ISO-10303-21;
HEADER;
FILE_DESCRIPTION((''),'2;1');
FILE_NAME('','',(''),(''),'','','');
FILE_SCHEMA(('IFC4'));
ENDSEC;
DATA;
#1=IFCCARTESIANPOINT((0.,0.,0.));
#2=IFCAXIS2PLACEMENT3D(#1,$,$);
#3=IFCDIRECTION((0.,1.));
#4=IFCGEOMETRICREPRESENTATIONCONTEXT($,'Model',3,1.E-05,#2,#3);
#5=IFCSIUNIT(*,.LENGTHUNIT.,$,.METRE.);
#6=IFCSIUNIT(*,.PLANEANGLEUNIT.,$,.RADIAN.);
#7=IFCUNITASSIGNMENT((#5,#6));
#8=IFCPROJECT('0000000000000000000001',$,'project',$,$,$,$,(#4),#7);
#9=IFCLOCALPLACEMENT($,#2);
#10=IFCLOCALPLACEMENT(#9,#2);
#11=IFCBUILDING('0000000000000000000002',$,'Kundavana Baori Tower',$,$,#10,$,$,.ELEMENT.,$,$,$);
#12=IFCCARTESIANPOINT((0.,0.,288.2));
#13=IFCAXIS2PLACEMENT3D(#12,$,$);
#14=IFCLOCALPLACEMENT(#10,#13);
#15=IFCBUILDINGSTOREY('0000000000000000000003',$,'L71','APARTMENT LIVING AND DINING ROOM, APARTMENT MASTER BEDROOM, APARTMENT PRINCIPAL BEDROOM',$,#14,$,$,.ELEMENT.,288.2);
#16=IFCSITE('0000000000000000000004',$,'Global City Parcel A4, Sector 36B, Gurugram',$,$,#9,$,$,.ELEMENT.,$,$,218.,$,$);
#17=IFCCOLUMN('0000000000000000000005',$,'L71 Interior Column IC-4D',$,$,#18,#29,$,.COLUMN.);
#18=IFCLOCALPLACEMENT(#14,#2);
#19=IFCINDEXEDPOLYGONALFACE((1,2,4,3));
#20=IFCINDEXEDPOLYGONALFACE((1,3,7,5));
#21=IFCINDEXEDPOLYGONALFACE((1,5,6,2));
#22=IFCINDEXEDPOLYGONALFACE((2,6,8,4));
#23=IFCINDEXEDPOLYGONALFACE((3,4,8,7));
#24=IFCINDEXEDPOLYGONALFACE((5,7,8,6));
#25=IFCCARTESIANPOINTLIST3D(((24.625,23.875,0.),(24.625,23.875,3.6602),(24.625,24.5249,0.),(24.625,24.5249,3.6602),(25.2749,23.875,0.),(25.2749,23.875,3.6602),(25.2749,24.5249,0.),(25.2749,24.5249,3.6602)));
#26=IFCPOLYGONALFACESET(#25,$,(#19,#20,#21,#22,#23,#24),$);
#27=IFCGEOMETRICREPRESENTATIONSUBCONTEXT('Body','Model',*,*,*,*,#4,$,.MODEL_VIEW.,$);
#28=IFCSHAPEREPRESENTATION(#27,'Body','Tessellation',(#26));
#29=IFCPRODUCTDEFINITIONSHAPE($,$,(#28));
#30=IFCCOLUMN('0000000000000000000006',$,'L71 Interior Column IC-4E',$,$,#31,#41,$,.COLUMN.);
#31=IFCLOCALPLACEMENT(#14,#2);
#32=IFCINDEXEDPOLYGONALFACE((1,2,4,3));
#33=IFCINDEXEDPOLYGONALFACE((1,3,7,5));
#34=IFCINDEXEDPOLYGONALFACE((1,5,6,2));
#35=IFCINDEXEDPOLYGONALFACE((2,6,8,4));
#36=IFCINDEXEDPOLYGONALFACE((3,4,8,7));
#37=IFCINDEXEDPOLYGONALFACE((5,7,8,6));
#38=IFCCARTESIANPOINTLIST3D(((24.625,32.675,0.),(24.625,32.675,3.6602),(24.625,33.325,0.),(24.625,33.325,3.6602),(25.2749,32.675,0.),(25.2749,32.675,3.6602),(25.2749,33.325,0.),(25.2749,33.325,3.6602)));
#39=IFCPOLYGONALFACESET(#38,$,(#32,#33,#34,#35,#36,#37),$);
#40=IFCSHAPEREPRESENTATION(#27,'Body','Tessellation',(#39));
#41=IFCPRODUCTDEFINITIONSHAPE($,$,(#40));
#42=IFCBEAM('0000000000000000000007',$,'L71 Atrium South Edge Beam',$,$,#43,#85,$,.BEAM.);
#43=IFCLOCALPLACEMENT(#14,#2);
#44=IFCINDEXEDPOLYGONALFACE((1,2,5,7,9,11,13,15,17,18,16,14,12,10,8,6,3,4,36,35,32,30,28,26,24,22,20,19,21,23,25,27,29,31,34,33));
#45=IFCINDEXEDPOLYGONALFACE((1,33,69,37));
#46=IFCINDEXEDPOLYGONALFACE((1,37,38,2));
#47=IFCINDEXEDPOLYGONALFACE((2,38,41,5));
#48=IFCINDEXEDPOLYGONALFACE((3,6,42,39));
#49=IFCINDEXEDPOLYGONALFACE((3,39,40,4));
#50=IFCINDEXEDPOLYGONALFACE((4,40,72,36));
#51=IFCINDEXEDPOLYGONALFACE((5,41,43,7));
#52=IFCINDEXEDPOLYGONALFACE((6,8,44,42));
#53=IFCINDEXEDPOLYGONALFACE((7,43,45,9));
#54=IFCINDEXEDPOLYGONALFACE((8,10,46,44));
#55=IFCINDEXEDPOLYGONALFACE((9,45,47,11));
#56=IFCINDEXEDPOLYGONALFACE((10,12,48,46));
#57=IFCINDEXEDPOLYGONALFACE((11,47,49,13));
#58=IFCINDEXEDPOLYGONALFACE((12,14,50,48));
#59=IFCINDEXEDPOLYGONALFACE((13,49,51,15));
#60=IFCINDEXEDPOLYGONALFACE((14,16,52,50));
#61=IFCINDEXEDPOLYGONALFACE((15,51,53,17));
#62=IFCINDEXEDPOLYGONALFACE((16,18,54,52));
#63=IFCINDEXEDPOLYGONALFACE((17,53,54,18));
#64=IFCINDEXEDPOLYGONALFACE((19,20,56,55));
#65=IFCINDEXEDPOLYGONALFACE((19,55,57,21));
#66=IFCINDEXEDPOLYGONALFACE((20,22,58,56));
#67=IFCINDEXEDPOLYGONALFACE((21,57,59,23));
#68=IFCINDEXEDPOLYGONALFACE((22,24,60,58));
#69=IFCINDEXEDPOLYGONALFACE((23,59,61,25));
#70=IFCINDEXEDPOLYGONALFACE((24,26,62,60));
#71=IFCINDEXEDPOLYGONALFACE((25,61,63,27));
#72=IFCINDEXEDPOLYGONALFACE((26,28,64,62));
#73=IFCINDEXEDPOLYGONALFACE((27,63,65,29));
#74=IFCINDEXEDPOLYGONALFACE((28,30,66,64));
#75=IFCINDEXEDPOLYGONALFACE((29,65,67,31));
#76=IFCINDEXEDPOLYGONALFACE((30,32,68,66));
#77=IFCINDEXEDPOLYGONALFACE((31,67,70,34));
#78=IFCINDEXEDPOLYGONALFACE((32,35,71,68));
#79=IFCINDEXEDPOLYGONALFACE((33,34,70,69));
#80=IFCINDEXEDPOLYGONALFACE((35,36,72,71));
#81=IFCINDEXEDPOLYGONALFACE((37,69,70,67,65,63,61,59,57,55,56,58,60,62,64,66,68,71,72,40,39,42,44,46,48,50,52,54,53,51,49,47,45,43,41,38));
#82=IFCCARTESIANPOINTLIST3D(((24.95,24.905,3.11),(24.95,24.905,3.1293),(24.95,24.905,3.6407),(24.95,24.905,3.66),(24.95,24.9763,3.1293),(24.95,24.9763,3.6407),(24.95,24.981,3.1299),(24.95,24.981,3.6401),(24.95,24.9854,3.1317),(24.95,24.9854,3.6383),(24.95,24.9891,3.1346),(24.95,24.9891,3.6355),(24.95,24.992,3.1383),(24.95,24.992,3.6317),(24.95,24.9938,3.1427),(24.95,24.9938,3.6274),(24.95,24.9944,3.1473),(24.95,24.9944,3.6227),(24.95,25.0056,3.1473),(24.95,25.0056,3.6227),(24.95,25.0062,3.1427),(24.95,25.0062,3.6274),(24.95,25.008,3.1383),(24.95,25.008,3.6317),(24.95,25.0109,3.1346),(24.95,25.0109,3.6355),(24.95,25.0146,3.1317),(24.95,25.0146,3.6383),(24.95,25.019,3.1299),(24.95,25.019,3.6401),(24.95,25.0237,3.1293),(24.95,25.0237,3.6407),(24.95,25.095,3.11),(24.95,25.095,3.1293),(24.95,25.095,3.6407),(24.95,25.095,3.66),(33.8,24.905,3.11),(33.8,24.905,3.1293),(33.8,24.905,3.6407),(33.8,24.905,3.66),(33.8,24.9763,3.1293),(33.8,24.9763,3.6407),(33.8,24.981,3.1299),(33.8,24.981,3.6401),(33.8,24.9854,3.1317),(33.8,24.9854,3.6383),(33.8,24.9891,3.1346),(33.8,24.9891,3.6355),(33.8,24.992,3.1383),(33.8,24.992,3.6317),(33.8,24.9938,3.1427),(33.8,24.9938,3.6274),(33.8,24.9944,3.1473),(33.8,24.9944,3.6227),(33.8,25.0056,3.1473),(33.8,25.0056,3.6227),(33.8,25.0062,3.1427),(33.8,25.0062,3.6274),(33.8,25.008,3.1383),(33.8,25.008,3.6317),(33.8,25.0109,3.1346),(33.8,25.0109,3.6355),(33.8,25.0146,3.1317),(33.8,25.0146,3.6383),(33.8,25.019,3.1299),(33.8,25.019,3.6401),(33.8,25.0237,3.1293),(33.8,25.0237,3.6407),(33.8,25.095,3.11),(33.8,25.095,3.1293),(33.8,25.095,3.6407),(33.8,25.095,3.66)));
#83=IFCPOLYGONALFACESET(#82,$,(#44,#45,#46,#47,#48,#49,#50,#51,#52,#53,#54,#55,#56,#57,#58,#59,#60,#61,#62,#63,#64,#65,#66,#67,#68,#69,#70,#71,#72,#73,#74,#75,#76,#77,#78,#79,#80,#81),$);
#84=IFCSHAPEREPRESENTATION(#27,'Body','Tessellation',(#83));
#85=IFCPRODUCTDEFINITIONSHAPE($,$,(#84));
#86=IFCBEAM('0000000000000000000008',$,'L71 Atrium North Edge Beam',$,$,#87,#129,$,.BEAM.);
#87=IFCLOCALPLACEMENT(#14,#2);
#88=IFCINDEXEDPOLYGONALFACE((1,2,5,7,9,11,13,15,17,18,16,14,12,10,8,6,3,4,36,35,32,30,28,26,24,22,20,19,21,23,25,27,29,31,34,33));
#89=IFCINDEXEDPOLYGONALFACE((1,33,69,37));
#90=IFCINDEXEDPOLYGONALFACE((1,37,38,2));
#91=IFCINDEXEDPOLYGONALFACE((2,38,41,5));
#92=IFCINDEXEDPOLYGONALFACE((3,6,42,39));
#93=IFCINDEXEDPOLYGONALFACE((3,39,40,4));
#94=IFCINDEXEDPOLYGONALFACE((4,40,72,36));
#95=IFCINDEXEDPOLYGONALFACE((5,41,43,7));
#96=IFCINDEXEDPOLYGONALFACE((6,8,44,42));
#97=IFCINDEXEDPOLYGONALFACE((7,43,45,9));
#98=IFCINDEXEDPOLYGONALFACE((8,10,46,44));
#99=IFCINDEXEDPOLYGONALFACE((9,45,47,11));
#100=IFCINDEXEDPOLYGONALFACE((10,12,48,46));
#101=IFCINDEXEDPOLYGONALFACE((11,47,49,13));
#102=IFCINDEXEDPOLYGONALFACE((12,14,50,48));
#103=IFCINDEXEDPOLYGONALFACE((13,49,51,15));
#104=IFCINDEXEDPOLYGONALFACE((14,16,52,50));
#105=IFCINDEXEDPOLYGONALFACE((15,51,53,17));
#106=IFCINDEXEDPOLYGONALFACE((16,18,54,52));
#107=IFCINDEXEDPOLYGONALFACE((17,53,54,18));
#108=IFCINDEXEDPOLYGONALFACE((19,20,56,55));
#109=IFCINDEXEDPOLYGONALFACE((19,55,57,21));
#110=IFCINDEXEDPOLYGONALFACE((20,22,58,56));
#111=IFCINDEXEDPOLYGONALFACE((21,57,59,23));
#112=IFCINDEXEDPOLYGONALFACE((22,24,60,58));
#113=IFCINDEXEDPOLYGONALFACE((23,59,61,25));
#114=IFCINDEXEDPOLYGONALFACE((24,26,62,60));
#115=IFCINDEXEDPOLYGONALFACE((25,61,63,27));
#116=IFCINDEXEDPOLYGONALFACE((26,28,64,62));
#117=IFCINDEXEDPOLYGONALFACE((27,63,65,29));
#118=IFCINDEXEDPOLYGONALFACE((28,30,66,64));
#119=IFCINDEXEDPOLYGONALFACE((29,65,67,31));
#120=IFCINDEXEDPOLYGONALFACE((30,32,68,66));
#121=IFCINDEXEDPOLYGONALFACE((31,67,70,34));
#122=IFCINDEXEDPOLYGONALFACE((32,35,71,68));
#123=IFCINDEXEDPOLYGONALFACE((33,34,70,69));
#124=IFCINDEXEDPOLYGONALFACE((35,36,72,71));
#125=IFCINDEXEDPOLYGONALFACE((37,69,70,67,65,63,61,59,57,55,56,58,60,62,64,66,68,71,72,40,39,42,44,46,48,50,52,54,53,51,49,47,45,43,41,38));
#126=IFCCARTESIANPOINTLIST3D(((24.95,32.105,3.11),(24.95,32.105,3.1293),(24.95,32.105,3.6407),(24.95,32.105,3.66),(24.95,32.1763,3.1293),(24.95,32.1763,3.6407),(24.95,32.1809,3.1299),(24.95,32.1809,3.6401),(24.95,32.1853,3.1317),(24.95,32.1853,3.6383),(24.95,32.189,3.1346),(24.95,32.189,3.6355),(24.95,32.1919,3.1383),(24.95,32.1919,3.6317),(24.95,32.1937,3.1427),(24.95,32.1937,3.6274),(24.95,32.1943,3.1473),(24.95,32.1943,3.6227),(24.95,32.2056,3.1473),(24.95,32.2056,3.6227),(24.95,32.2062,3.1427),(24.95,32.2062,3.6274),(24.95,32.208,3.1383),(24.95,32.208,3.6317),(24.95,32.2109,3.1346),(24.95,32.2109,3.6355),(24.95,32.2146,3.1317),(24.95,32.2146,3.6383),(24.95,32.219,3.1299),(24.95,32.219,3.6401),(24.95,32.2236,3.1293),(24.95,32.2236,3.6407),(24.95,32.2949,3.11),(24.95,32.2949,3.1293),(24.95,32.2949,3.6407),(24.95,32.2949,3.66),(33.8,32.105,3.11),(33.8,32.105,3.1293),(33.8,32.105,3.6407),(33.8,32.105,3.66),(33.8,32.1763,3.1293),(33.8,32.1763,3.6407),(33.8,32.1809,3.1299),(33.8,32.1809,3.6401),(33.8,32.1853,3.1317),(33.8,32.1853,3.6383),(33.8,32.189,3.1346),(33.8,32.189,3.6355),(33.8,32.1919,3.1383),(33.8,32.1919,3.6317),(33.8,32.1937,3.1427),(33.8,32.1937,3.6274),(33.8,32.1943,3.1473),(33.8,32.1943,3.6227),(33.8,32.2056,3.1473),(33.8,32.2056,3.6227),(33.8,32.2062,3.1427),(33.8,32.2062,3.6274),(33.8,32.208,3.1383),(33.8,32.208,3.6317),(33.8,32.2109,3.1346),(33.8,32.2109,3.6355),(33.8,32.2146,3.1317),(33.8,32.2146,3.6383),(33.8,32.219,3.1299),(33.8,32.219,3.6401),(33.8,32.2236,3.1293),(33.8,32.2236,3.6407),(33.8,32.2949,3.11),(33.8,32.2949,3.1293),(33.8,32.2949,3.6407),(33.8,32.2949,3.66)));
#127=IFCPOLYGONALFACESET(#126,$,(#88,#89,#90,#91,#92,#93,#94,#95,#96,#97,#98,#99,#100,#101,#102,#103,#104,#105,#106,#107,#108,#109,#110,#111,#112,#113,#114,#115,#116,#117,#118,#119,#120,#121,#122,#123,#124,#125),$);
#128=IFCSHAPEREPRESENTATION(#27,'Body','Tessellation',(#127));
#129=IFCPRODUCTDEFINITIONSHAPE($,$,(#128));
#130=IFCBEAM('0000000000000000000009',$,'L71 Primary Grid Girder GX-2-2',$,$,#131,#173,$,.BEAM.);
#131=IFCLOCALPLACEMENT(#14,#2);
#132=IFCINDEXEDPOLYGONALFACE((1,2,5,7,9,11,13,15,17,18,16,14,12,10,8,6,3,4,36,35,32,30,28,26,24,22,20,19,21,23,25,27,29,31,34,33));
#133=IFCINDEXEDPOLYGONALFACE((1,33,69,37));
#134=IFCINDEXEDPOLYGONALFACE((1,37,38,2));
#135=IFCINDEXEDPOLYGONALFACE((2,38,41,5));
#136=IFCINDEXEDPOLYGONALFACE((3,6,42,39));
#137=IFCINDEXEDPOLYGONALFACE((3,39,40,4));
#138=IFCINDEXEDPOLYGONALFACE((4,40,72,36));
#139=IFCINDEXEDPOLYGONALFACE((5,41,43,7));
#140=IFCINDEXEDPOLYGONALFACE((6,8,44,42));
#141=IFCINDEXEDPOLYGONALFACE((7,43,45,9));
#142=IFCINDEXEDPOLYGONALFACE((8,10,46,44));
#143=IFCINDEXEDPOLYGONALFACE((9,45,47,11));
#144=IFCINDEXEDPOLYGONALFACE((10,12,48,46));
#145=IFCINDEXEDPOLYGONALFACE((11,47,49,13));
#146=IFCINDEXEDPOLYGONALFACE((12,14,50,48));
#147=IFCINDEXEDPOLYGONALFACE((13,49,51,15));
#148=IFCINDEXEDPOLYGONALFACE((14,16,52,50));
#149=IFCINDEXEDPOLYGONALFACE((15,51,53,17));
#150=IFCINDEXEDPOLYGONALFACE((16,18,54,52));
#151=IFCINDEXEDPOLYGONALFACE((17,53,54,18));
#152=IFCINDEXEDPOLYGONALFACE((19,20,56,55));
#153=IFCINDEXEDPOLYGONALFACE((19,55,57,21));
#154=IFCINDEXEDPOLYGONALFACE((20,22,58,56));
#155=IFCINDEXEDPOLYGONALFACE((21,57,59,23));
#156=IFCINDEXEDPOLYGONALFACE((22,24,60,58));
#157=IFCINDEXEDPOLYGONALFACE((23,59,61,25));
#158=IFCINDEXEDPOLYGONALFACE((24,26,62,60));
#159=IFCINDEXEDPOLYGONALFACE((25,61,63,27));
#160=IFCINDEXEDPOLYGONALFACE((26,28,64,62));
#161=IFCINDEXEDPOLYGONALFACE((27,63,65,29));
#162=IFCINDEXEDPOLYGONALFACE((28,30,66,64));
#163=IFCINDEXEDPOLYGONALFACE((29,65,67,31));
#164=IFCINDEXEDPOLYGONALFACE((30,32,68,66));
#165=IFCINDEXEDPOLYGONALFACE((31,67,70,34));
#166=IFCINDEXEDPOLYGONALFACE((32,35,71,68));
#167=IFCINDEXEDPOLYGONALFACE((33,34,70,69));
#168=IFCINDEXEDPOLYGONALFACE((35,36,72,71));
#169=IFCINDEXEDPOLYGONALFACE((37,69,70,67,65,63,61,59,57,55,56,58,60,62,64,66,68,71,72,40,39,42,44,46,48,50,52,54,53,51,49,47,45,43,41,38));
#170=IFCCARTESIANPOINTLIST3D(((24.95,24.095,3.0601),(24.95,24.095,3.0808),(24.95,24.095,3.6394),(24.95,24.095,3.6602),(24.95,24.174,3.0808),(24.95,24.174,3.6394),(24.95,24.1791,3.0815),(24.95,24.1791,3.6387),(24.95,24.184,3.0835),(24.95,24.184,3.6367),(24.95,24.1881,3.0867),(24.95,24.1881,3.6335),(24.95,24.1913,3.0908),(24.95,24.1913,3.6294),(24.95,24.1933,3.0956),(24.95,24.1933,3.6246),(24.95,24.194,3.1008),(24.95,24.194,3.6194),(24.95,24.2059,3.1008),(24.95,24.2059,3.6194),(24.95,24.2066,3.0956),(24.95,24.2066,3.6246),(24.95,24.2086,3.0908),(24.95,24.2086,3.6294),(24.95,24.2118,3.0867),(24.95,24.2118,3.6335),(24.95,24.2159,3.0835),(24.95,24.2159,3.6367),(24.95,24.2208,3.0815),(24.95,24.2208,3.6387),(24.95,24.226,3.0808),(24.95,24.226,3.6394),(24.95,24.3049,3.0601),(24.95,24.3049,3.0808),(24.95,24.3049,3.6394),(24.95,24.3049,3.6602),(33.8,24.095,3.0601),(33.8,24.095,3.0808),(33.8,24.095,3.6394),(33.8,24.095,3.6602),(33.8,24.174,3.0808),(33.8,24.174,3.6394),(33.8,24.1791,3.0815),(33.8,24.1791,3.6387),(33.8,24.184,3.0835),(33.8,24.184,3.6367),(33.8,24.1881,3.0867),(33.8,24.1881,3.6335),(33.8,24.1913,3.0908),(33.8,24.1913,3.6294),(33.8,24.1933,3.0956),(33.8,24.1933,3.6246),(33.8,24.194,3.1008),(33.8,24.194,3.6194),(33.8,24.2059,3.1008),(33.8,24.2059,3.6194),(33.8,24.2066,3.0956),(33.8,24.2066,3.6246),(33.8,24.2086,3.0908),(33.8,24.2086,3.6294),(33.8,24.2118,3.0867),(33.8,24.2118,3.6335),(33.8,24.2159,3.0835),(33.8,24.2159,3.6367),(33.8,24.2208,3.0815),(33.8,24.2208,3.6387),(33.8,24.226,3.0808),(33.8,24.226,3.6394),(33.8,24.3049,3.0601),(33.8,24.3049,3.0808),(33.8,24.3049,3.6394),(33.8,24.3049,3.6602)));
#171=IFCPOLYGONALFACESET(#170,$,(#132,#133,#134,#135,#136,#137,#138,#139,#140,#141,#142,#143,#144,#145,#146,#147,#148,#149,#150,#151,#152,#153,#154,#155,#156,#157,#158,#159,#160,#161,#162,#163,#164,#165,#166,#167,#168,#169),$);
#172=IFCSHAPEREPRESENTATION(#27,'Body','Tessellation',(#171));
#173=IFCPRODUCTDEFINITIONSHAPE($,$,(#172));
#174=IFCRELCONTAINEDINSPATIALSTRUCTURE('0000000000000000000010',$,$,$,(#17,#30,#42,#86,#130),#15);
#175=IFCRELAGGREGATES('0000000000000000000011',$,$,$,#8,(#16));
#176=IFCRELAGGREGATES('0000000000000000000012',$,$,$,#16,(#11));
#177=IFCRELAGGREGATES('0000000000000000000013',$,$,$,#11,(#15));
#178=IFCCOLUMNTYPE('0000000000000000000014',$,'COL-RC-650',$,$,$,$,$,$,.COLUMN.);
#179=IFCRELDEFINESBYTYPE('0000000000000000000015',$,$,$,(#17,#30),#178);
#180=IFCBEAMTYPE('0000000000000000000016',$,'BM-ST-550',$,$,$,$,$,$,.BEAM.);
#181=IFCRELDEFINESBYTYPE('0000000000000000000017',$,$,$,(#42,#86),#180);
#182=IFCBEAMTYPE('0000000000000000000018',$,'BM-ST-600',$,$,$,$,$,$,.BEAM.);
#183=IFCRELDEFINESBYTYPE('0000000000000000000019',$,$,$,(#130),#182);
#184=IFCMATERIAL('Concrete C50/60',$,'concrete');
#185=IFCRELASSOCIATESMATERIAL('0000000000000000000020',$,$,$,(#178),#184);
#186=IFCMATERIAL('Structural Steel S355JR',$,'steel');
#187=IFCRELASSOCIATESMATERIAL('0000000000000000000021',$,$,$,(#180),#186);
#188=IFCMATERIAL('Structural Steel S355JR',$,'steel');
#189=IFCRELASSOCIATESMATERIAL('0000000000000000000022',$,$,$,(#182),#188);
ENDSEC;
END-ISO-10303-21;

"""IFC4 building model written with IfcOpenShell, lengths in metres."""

from ifc_helpers import new_model, si_unit, direction, frame, origin, origin_2d, place, context, subcontext, project, spatial, rectangle, i_section, extrude, material, material_profile, profile_set, type_object, element, save


model = new_model("IFC4")

# Units and contexts
model_context = context("Model", 3, precision=1e-05, world=origin(), true_north=direction((0.0, 1.0)))
body_context = subcontext(model_context, "Body", "Model", "MODEL_VIEW")
ifc_project = project(units=[si_unit("LENGTHUNIT", "METRE"), si_unit("PLANEANGLEUNIT", "RADIAN")], contexts=[model_context])

# Site, building, storey
site_placement = place(None, origin())
site = spatial("IfcSite", under=ifc_project, at=site_placement, Name="Global City Parcel A4, Sector 36B, Gurugram", CompositionType="ELEMENT", RefElevation=218.0)
building_placement = place(site_placement, origin())
building = spatial("IfcBuilding", under=site, at=building_placement, Name="Kundavana Baori Tower", CompositionType="ELEMENT")
storey_placement = place(building_placement, frame((0.0, 0.0, 288.2)))
storey = spatial("IfcBuildingStorey", under=building, at=storey_placement, Name="L71", Description="APARTMENT LIVING AND DINING ROOM, APARTMENT MASTER BEDROOM, APARTMENT PRINCIPAL BEDROOM", CompositionType="ELEMENT", Elevation=288.2)

# Columns
ifc_material_1 = material(Name="Concrete C50/60", Category="concrete")
ifc_material_profile_1 = material_profile(ifc_material_1, rectangle(XDim=0.6499, YDim=0.6499, at=origin_2d()), Name="RC 650x650")
ifc_profile_set_1 = profile_set([ifc_material_profile_1], Name="Concrete C50/60")
column_type = type_object("IfcColumnType", Name="COL-RC-650", PredefinedType="COLUMN", material=ifc_profile_set_1)
for number, where, z_axis, x_axis, name in (
    (1, (24.95, 24.2, 0.0), (0.0, 0.0, 1.0), (1.0, 0.0, 0.0), "L71 Interior Column IC-4D"),
    (2, (24.95, 33.0, 0.0), (0.0, 0.0, 1.0), (1.0, 0.0, 0.0), "L71 Interior Column IC-4E"),
):
    element("IfcColumn", number, at=place(storey_placement, frame(where, z_axis=z_axis, x_axis=x_axis)), inside=storey, type_object=column_type, Name=name, PredefinedType="COLUMN", context=body_context, shape_type="SweptSolid", body=[
        extrude(rectangle(XDim=0.6499, YDim=0.6499, at=origin_2d()), origin(), (0.0, 0.0, 1.0), 3.6602),
    ])

# Beams
ifc_material_2 = material(Name="Structural Steel S355JR", Category="steel")
ifc_material_profile_2 = material_profile(ifc_material_2, i_section(OverallWidth=0.1899, OverallDepth=0.55, WebThickness=0.0112, FlangeThickness=0.0193, FilletRadius=0.0181, at=origin_2d()), Name="ISMB 550")
ifc_profile_set_2 = profile_set([ifc_material_profile_2], Name="Structural Steel S355JR")
beam_type_1 = type_object("IfcBeamType", Name="BM-ST-550", PredefinedType="BEAM", material=ifc_profile_set_2)
for number, where, z_axis, x_axis, name in (
    (3, (24.95, 25.0, 3.385), (1.0, 0.0, 0.0), (0.0, 1.0, 0.0), "L71 Atrium South Edge Beam"),
    (4, (24.95, 32.2, 3.385), (1.0, 0.0, 0.0), (0.0, 1.0, 0.0), "L71 Atrium North Edge Beam"),
):
    element("IfcBeam", number, at=place(storey_placement, frame(where, z_axis=z_axis, x_axis=x_axis)), inside=storey, type_object=beam_type_1, Name=name, PredefinedType="BEAM", context=body_context, shape_type="SweptSolid", body=[
        extrude(i_section(OverallWidth=0.1899, OverallDepth=0.55, WebThickness=0.0112, FlangeThickness=0.0193, FilletRadius=0.0181, at=origin_2d()), origin(), (0.0, 0.0, 1.0), 8.8501),
    ])
ifc_material_3 = material(Name="Structural Steel S355JR", Category="steel")
ifc_material_profile_3 = material_profile(ifc_material_3, i_section(OverallWidth=0.21, OverallDepth=0.6001, WebThickness=0.012, FlangeThickness=0.0208, FilletRadius=0.02, at=origin_2d()), Name="ISMB 600")
ifc_profile_set_3 = profile_set([ifc_material_profile_3], Name="Structural Steel S355JR")
beam_type_2 = type_object("IfcBeamType", Name="BM-ST-600", PredefinedType="BEAM", material=ifc_profile_set_3)
for number, where, z_axis, x_axis, name in (
    (5, (24.95, 24.2, 3.3601), (1.0, 0.0, 0.0), (0.0, 1.0, 0.0), "L71 Primary Grid Girder GX-2-2"),
):
    element("IfcBeam", number, at=place(storey_placement, frame(where, z_axis=z_axis, x_axis=x_axis)), inside=storey, type_object=beam_type_2, Name=name, PredefinedType="BEAM", context=body_context, shape_type="SweptSolid", body=[
        extrude(i_section(OverallWidth=0.21, OverallDepth=0.6001, WebThickness=0.012, FlangeThickness=0.0208, FilletRadius=0.02, at=origin_2d()), origin(), (0.0, 0.0, 1.0), 8.8501),
    ])

save(model, "model.ifc")
